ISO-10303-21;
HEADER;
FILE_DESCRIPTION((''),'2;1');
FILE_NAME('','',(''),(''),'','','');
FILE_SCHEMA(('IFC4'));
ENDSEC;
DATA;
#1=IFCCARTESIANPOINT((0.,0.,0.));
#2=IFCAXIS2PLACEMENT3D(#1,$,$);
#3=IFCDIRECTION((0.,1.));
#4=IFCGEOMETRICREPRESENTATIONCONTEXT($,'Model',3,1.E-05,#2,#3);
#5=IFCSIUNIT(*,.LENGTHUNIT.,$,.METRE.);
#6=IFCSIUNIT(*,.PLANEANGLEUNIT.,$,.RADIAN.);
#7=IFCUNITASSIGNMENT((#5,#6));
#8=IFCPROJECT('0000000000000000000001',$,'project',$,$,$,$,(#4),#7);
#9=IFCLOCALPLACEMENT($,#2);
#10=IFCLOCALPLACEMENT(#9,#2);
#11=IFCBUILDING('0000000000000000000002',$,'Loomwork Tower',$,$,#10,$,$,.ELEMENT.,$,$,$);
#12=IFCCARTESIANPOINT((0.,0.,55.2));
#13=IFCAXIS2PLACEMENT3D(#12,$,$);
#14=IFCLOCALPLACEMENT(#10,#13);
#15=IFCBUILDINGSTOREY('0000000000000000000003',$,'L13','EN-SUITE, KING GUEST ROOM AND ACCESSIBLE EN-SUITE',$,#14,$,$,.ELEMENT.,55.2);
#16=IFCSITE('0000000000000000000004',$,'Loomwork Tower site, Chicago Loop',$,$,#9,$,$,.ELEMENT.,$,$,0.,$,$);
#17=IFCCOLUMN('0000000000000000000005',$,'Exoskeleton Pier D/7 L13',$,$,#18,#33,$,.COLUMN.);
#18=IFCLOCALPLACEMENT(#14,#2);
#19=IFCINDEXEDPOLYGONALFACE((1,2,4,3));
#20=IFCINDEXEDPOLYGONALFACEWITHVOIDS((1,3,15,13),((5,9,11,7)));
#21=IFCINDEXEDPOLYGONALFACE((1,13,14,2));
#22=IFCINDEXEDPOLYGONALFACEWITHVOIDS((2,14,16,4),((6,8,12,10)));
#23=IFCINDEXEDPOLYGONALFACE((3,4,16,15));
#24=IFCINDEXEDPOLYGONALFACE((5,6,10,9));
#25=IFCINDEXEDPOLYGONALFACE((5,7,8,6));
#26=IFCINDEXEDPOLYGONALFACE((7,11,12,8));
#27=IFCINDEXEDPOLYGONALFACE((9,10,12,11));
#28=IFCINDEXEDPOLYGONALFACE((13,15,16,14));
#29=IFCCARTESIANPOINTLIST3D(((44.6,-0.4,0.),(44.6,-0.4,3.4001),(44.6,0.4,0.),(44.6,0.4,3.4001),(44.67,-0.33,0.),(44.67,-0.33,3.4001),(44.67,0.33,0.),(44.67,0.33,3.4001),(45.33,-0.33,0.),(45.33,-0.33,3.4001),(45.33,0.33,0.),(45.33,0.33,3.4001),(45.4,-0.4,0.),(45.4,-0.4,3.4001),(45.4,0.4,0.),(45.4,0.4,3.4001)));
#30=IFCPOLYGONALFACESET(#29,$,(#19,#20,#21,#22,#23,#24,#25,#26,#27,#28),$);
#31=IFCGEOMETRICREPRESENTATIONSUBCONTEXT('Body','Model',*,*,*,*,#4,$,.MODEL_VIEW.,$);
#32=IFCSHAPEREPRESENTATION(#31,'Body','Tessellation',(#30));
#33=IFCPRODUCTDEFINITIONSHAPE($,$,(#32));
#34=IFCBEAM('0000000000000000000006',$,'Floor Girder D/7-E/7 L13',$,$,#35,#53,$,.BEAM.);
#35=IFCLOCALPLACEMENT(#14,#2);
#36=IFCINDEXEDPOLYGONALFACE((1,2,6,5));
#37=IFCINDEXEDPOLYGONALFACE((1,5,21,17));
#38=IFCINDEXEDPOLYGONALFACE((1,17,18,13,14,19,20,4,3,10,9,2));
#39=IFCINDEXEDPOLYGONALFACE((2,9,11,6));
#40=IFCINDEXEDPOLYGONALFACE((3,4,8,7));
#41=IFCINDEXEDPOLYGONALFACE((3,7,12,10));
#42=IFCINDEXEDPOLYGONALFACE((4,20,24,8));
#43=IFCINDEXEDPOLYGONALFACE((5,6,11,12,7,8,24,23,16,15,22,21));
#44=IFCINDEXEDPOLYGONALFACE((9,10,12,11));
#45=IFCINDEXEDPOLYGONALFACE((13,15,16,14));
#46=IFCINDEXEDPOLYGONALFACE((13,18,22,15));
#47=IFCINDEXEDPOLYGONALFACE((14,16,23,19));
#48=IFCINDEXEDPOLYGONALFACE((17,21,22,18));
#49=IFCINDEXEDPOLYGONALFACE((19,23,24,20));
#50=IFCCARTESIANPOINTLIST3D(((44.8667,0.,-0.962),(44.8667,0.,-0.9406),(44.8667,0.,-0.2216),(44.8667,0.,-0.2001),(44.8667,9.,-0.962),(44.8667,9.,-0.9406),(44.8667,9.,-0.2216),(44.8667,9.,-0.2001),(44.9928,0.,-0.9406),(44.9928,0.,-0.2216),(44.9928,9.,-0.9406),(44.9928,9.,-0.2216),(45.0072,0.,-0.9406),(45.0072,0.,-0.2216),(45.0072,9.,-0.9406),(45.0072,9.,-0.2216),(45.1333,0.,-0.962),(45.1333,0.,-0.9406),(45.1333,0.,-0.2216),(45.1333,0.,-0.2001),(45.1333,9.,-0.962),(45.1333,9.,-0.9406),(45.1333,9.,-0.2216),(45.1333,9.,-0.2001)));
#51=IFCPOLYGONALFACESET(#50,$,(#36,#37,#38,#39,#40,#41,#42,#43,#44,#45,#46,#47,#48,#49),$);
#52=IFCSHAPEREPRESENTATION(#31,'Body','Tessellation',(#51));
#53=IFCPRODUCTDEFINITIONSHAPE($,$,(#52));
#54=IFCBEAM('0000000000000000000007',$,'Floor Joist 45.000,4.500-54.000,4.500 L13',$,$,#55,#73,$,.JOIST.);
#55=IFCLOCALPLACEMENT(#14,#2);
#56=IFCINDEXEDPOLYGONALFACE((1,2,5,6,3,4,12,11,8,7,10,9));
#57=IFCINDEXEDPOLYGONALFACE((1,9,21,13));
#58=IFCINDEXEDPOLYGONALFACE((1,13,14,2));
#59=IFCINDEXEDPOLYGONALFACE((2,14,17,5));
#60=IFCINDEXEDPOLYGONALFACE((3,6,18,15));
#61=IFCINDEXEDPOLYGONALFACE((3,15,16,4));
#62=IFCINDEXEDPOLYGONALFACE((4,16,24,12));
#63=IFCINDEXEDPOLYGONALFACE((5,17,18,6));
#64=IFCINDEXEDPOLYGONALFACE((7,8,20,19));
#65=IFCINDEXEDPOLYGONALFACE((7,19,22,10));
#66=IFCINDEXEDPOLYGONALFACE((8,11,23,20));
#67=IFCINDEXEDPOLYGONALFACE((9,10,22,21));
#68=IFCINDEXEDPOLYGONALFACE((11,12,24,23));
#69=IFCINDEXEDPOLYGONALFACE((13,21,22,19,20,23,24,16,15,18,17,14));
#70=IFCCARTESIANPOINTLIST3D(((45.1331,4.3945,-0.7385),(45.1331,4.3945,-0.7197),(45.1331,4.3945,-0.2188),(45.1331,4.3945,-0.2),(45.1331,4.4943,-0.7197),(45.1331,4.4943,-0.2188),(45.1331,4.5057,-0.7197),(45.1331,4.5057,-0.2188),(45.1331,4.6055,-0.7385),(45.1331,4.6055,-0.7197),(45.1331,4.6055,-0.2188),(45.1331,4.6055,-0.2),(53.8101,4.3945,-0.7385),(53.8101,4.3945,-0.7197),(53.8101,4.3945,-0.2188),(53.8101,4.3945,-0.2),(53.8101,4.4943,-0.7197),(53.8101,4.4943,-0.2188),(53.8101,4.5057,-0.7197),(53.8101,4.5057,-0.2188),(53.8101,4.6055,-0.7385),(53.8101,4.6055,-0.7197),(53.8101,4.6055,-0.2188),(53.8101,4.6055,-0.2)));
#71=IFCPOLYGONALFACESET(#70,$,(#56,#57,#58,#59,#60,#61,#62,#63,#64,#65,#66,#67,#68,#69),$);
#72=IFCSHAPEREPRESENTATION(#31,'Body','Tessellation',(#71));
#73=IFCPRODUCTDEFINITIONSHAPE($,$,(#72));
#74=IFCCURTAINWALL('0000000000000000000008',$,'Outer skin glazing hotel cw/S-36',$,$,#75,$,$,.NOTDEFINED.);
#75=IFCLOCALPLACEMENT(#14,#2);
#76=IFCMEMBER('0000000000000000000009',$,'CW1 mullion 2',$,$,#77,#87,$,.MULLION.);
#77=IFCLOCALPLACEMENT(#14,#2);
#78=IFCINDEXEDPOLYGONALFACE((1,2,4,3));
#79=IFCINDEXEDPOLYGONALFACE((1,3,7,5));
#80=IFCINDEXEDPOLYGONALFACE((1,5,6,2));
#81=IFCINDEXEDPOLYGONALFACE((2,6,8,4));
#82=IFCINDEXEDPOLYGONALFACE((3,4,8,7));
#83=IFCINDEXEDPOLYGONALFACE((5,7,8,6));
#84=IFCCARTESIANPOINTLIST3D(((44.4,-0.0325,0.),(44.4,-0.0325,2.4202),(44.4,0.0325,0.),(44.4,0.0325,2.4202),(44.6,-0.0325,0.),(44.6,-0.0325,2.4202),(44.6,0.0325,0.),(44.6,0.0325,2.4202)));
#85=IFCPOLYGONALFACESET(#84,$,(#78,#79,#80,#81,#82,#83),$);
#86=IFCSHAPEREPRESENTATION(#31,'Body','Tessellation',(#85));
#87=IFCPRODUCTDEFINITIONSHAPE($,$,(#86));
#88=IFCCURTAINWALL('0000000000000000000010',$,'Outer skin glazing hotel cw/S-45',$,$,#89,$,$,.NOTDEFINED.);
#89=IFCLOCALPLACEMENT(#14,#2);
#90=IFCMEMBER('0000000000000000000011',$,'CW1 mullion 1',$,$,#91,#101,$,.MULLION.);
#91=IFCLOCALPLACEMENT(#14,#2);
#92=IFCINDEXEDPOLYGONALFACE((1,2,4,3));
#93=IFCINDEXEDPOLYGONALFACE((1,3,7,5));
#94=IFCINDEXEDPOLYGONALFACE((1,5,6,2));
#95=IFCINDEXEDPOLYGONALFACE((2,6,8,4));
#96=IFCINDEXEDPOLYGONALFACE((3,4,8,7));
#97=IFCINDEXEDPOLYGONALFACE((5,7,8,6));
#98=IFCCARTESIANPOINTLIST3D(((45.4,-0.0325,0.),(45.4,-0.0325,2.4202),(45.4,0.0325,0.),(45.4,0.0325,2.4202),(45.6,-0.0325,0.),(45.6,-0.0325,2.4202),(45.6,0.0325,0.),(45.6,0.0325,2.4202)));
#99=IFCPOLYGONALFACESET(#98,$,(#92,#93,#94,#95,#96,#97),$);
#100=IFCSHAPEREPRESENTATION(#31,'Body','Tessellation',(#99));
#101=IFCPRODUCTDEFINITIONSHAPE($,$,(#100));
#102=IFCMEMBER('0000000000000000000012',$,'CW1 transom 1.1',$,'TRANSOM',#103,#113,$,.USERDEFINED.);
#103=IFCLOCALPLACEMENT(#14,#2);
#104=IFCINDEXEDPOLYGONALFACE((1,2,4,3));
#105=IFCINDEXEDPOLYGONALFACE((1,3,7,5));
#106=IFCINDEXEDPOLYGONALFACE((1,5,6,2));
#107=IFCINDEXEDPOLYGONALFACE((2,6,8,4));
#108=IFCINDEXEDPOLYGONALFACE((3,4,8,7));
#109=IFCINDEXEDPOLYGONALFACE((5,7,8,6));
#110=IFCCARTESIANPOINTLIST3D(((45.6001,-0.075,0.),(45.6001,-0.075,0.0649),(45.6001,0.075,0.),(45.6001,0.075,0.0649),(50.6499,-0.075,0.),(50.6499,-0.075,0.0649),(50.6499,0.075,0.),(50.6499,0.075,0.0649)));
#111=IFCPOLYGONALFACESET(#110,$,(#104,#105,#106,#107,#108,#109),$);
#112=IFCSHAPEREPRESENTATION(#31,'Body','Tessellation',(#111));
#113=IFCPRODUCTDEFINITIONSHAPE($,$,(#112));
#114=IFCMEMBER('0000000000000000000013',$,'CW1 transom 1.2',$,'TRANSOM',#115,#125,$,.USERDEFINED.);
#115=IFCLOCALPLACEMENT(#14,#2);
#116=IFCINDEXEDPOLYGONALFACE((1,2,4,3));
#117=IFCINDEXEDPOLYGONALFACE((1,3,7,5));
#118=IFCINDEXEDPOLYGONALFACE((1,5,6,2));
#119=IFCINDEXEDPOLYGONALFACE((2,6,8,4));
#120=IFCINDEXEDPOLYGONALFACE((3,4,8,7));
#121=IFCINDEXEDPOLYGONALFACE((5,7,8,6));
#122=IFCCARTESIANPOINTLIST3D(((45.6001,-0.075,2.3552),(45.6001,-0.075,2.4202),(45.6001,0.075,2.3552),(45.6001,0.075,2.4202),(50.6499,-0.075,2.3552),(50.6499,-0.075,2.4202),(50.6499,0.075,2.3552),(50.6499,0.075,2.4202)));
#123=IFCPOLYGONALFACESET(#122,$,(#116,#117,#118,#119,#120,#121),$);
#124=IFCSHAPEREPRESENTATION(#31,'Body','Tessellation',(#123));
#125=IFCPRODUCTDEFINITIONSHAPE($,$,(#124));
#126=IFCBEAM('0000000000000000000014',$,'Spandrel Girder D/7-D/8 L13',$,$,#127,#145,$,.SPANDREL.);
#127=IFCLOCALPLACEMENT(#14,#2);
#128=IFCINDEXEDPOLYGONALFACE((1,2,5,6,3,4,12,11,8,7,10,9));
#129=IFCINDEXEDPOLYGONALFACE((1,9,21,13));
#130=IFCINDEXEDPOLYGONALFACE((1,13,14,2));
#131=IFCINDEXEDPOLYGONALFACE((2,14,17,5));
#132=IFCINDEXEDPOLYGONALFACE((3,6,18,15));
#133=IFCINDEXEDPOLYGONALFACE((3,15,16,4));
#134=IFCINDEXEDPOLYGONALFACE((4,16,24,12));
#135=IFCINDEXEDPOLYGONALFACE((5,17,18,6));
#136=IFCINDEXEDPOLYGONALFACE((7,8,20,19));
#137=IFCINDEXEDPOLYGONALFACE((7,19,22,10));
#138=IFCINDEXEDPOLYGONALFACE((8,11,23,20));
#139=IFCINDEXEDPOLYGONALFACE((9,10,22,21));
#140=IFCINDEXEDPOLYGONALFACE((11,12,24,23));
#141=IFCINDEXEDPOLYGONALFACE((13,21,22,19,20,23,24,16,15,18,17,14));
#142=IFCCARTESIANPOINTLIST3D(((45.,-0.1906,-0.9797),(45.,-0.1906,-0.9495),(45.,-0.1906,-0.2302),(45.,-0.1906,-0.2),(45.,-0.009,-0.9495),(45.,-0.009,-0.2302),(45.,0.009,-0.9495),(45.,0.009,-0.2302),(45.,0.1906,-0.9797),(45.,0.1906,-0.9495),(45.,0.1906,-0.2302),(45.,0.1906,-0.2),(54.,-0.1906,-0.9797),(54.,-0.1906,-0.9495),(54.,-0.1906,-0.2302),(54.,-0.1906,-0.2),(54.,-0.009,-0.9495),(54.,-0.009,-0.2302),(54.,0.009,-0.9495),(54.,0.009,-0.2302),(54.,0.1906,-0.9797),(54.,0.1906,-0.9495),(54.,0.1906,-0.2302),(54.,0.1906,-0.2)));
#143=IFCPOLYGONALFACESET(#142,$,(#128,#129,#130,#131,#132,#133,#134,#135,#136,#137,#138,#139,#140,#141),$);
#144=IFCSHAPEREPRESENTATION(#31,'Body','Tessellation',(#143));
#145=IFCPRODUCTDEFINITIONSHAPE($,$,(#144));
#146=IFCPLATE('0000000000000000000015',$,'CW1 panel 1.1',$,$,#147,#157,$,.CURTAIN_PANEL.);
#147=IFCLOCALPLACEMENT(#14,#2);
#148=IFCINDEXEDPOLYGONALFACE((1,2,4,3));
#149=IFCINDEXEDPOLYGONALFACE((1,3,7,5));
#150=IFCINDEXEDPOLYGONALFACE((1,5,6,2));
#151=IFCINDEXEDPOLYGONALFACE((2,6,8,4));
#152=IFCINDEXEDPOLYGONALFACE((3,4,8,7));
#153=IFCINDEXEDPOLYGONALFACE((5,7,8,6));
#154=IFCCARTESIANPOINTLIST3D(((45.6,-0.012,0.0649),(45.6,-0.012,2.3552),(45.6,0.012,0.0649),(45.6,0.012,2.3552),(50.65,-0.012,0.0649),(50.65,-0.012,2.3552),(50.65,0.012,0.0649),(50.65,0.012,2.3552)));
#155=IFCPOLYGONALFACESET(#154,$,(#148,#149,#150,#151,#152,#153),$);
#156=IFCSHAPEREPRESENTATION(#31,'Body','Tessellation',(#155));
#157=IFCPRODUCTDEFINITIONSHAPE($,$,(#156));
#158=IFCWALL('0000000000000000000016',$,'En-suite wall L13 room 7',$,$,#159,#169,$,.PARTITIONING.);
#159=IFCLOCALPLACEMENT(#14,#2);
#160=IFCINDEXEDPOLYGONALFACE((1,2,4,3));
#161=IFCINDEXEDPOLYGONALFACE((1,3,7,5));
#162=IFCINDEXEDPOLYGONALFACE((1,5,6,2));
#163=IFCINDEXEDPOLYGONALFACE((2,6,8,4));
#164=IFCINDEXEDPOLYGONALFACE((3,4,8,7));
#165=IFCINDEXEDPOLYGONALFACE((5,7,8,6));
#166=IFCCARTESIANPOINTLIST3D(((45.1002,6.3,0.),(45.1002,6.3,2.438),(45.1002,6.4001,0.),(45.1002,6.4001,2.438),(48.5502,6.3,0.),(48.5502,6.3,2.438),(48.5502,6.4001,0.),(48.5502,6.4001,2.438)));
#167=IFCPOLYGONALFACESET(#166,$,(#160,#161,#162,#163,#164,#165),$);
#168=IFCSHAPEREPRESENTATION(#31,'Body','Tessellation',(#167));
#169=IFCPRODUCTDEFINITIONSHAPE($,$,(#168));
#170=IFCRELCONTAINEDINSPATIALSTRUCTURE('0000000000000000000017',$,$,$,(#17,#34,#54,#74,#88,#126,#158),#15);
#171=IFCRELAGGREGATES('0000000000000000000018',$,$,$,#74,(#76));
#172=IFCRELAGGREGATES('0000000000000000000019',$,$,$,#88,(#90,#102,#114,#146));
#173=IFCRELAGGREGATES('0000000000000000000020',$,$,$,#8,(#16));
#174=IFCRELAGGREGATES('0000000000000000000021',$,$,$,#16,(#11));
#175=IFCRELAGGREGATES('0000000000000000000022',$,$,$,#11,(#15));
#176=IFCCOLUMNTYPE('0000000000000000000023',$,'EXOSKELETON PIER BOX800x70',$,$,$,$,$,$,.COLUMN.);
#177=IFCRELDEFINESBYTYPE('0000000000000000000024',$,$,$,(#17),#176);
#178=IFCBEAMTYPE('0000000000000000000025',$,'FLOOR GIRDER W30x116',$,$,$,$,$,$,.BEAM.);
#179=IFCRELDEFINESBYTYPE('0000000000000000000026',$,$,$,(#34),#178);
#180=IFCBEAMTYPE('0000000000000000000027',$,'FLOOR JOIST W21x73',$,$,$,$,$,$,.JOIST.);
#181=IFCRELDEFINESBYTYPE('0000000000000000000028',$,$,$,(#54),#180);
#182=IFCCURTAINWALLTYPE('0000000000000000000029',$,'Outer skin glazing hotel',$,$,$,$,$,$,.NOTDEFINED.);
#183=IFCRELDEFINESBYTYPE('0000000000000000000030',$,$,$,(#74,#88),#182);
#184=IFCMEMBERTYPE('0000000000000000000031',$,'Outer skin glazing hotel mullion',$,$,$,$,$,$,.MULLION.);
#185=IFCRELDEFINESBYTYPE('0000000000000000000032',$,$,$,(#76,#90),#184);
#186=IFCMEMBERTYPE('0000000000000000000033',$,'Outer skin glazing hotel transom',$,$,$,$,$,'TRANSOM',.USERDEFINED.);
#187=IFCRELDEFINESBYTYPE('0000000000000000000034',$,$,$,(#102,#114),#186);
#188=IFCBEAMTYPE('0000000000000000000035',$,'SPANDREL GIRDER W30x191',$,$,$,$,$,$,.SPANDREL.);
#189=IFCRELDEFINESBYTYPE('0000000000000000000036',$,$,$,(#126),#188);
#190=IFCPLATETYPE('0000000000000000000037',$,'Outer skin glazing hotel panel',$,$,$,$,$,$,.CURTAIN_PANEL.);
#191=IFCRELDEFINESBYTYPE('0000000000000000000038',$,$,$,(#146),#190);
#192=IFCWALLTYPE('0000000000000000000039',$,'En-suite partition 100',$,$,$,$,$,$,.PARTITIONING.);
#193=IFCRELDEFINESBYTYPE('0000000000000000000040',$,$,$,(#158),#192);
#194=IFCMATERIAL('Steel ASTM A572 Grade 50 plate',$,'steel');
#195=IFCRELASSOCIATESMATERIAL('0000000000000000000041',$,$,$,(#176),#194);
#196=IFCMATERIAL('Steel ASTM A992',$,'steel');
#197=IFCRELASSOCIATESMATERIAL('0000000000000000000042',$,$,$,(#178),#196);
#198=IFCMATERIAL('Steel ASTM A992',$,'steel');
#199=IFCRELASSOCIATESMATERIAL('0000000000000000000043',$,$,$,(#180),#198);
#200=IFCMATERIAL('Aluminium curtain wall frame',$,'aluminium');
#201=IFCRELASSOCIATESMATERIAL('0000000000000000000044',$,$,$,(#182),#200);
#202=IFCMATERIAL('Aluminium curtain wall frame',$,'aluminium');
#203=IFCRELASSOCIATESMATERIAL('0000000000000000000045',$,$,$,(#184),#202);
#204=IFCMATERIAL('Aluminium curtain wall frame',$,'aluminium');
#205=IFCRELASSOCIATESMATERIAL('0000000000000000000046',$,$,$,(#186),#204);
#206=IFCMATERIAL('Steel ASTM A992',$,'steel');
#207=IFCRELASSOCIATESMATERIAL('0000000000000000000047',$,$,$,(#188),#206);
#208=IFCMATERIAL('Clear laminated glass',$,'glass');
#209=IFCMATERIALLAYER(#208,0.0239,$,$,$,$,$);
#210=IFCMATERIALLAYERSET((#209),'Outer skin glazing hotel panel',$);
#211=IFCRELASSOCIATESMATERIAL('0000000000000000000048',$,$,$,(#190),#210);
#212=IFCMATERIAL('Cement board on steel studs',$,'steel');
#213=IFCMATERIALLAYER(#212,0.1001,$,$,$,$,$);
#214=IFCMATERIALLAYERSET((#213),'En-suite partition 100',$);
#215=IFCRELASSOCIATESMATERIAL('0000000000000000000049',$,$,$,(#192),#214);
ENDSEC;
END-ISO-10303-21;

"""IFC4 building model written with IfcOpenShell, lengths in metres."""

from ifc_helpers import new_model, si_unit, direction, frame, frame_2d, origin, origin_2d, place, context, subcontext, project, spatial, rectangle, hollow_rectangle, i_section, extrude, material, layer, layer_set, material_profile, profile_set, type_object, element, aggregate, save


model = new_model("IFC4")

# Units and contexts
model_context = context("Model", 3, precision=1e-05, world=origin(), true_north=direction((0.0, 1.0)))
body_context = subcontext(model_context, "Body", "Model", "MODEL_VIEW")
ifc_project = project(units=[si_unit("LENGTHUNIT", "METRE"), si_unit("PLANEANGLEUNIT", "RADIAN")], contexts=[model_context])

# Site, building, storey
site_placement = place(None, origin())
site = spatial("IfcSite", under=ifc_project, at=site_placement, Name="Loomwork Tower site, Chicago Loop", CompositionType="ELEMENT", RefElevation=0.0)
building_placement = place(site_placement, origin())
building = spatial("IfcBuilding", under=site, at=building_placement, Name="Loomwork Tower", CompositionType="ELEMENT")
storey_placement = place(building_placement, frame((0.0, 0.0, 55.2)))
storey = spatial("IfcBuildingStorey", under=building, at=storey_placement, Name="L13", Description="EN-SUITE, KING GUEST ROOM AND ACCESSIBLE EN-SUITE", CompositionType="ELEMENT", Elevation=55.2)

# Column
ifc_material_1 = material(Name="Steel ASTM A572 Grade 50 plate", Category="steel")
ifc_material_profile_1 = material_profile(ifc_material_1, hollow_rectangle(XDim=0.8, YDim=0.8, WallThickness=0.0701, at=origin_2d()), Name="BOX800x70")
ifc_profile_set_1 = profile_set([ifc_material_profile_1], Name="Steel ASTM A572 Grade 50 plate")
column_type = type_object("IfcColumnType", Name="EXOSKELETON PIER BOX800x70", PredefinedType="COLUMN", material=ifc_profile_set_1)
column_placement = place(storey_placement, frame((45.0, 0.0, 0.0), z_axis=(0.0, 0.0, 1.0), x_axis=(1.0, 0.0, 0.0)))
element("IfcColumn", 1, at=column_placement, inside=storey, type_object=column_type, Name="Exoskeleton Pier D/7 L13", PredefinedType="COLUMN", context=body_context, shape_type="SweptSolid", body=[
    extrude(hollow_rectangle(XDim=0.8, YDim=0.8, WallThickness=0.0701, at=origin_2d()), origin(), (0.0, 0.0, 1.0), 3.4001),
])

# Beams
ifc_material_2 = material(Name="Steel ASTM A992", Category="steel")
ifc_material_profile_2 = material_profile(ifc_material_2, i_section(OverallWidth=0.2666, OverallDepth=0.762, WebThickness=0.0144, FlangeThickness=0.0215, at=origin_2d()), Name="W30x116")
ifc_profile_set_2 = profile_set([ifc_material_profile_2], Name="Steel ASTM A992")
beam_type_1 = type_object("IfcBeamType", Name="FLOOR GIRDER W30x116", PredefinedType="BEAM", material=ifc_profile_set_2)
beam_1_placement = place(storey_placement, frame((45.0, 0.0, -0.5811), z_axis=(0.0, 1.0, 0.0), x_axis=(-1.0, 0.0, 0.0)))
element("IfcBeam", 2, at=beam_1_placement, inside=storey, type_object=beam_type_1, Name="Floor Girder D/7-E/7 L13", PredefinedType="BEAM", context=body_context, shape_type="SweptSolid", body=[
    extrude(i_section(OverallWidth=0.2666, OverallDepth=0.762, WebThickness=0.0144, FlangeThickness=0.0215, at=origin_2d()), origin(), (0.0, 0.0, 1.0), 9.0),
])
ifc_material_3 = material(Name="Steel ASTM A992", Category="steel")
ifc_material_profile_3 = material_profile(ifc_material_3, i_section(OverallWidth=0.2109, OverallDepth=0.5386, WebThickness=0.0115, FlangeThickness=0.0188, at=origin_2d()), Name="W21x73")
ifc_profile_set_3 = profile_set([ifc_material_profile_3], Name="Steel ASTM A992")
beam_type_2 = type_object("IfcBeamType", Name="FLOOR JOIST W21x73", PredefinedType="JOIST", material=ifc_profile_set_3)
beam_2_placement = place(storey_placement, frame((45.1331, 4.5, -0.4692), z_axis=(1.0, 0.0, 0.0), x_axis=(0.0, 1.0, 0.0)))
element("IfcBeam", 3, at=beam_2_placement, inside=storey, type_object=beam_type_2, Name="Floor Joist 45.000,4.500-54.000,4.500 L13", PredefinedType="JOIST", context=body_context, shape_type="SweptSolid", body=[
    extrude(i_section(OverallWidth=0.2109, OverallDepth=0.5386, WebThickness=0.0115, FlangeThickness=0.0188, at=origin_2d()), origin(), (0.0, 0.0, 1.0), 8.677),
])

# Curtain wall, member
ifc_material_4 = material(Name="Aluminium curtain wall frame", Category="aluminium")
curtain_wall_type = type_object("IfcCurtainWallType", Name="Outer skin glazing hotel", PredefinedType="NOTDEFINED", material=ifc_material_4)
curtain_wall_1_placement = place(storey_placement, origin())
curtain_wall_1 = element("IfcCurtainWall", 4, at=curtain_wall_1_placement, inside=storey, type_object=curtain_wall_type, Name="Outer skin glazing hotel cw/S-36", PredefinedType="NOTDEFINED")
ifc_material_5 = material(Name="Aluminium curtain wall frame", Category="aluminium")
ifc_material_profile_4 = material_profile(ifc_material_5, rectangle(XDim=0.0649, YDim=0.2, at=origin_2d()), Name="AL 65x200")
ifc_profile_set_4 = profile_set([ifc_material_profile_4], Name="Aluminium curtain wall frame")
member_type_1 = type_object("IfcMemberType", Name="Outer skin glazing hotel mullion", PredefinedType="MULLION", material=ifc_profile_set_4)
member_1_placement = place(storey_placement, frame((44.5, 0.0, 0.0), z_axis=(0.0, 0.0, 1.0), x_axis=(0.0, 1.0, 0.0)))
member_1 = element("IfcMember", 5, at=member_1_placement, type_object=member_type_1, Name="CW1 mullion 2", PredefinedType="MULLION", context=body_context, shape_type="SweptSolid", body=[
    extrude(rectangle(XDim=0.0649, YDim=0.2, at=origin_2d()), origin(), (0.0, 0.0, 1.0), 2.4202),
])
aggregate(curtain_wall_1, [member_1])

# Curtain wall, members
curtain_wall_2_placement = place(storey_placement, origin())
curtain_wall_2 = element("IfcCurtainWall", 6, at=curtain_wall_2_placement, inside=storey, type_object=curtain_wall_type, Name="Outer skin glazing hotel cw/S-45", PredefinedType="NOTDEFINED")
member_2_placement = place(storey_placement, frame((45.5, 0.0, 0.0), z_axis=(0.0, 0.0, 1.0), x_axis=(0.0, 1.0, 0.0)))
member_2 = element("IfcMember", 7, at=member_2_placement, type_object=member_type_1, Name="CW1 mullion 1", PredefinedType="MULLION", context=body_context, shape_type="SweptSolid", body=[
    extrude(rectangle(XDim=0.0649, YDim=0.2, at=origin_2d()), origin(), (0.0, 0.0, 1.0), 2.4202),
])
ifc_material_6 = material(Name="Aluminium curtain wall frame", Category="aluminium")
ifc_material_profile_5 = material_profile(ifc_material_6, rectangle(XDim=0.1499, YDim=0.0649, at=origin_2d()), Name="AL 65x150")
ifc_profile_set_5 = profile_set([ifc_material_profile_5], Name="Aluminium curtain wall frame")
member_type_2 = type_object("IfcMemberType", Name="Outer skin glazing hotel transom", ElementType="TRANSOM", PredefinedType="USERDEFINED", material=ifc_profile_set_5)
member_3_placement = place(storey_placement, frame((45.6001, 0.0, 0.0325), z_axis=(1.0, 0.0, 0.0), x_axis=(0.0, 1.0, 0.0)))
member_3 = element("IfcMember", 8, at=member_3_placement, type_object=member_type_2, Name="CW1 transom 1.1", ObjectType="TRANSOM", PredefinedType="USERDEFINED", context=body_context, shape_type="SweptSolid", body=[
    extrude(rectangle(XDim=0.1499, YDim=0.0649, at=origin_2d()), origin(), (0.0, 0.0, 1.0), 5.0498),
])
member_4_placement = place(storey_placement, frame((45.6001, 0.0, 2.3877), z_axis=(1.0, 0.0, 0.0), x_axis=(0.0, 1.0, 0.0)))
member_4 = element("IfcMember", 9, at=member_4_placement, type_object=member_type_2, Name="CW1 transom 1.2", ObjectType="TRANSOM", PredefinedType="USERDEFINED", context=body_context, shape_type="SweptSolid", body=[
    extrude(rectangle(XDim=0.1499, YDim=0.0649, at=origin_2d()), origin(), (0.0, 0.0, 1.0), 5.0498),
])

# Beam
ifc_material_7 = material(Name="Steel ASTM A992", Category="steel")
ifc_material_profile_6 = material_profile(ifc_material_7, i_section(OverallWidth=0.3811, OverallDepth=0.7798, WebThickness=0.0181, FlangeThickness=0.0303, at=origin_2d()), Name="W30x191")
ifc_profile_set_6 = profile_set([ifc_material_profile_6], Name="Steel ASTM A992")
beam_type_3 = type_object("IfcBeamType", Name="SPANDREL GIRDER W30x191", PredefinedType="SPANDREL", material=ifc_profile_set_6)
beam_3_placement = place(storey_placement, frame((45.0, 0.0, -0.5898), z_axis=(1.0, 0.0, 0.0), x_axis=(0.0, 1.0, 0.0)))
element("IfcBeam", 10, at=beam_3_placement, inside=storey, type_object=beam_type_3, Name="Spandrel Girder D/7-D/8 L13", PredefinedType="SPANDREL", context=body_context, shape_type="SweptSolid", body=[
    extrude(i_section(OverallWidth=0.3811, OverallDepth=0.7798, WebThickness=0.0181, FlangeThickness=0.0303, at=origin_2d()), origin(), (0.0, 0.0, 1.0), 9.0),
])

# Plate
ifc_material_8 = material(Name="Clear laminated glass", Category="glass")
ifc_layer_1 = layer(ifc_material_8, 0.0239)
ifc_layer_set_1 = layer_set([ifc_layer_1], Name="Outer skin glazing hotel panel")
plate_type = type_object("IfcPlateType", Name="Outer skin glazing hotel panel", PredefinedType="CURTAIN_PANEL", material=ifc_layer_set_1)
plate_placement = place(storey_placement, frame((48.125, 0.0, 0.0649), z_axis=(0.0, 0.0, 1.0), x_axis=(1.0, 0.0, 0.0)))
plate = element("IfcPlate", 11, at=plate_placement, type_object=plate_type, Name="CW1 panel 1.1", PredefinedType="CURTAIN_PANEL", context=body_context, shape_type="SweptSolid", body=[
    extrude(rectangle(XDim=5.05, YDim=0.0239, at=origin_2d()), origin(), (0.0, 0.0, 1.0), 2.2903),
])
aggregate(curtain_wall_2, [member_2, member_3, member_4, plate])

# Wall
ifc_material_9 = material(Name="Cement board on steel studs", Category="steel")
ifc_layer_2 = layer(ifc_material_9, 0.1001)
ifc_layer_set_2 = layer_set([ifc_layer_2], Name="En-suite partition 100")
wall_type_1 = type_object("IfcWallType", Name="En-suite partition 100", PredefinedType="PARTITIONING", material=ifc_layer_set_2)
wall_1_placement = place(storey_placement, frame((45.1001, 6.3501, 0.0), z_axis=(0.0, 0.0, 1.0), x_axis=(1.0, 0.0, 0.0)))
element("IfcWall", 12, at=wall_1_placement, inside=storey, type_object=wall_type_1, Name="En-suite wall L13 room 7", PredefinedType="PARTITIONING", context=body_context, shape_type="SweptSolid", body=[
    extrude(rectangle(XDim=3.45, YDim=0.1001, at=frame_2d((1.7251, 0.0))), origin(), (0.0, 0.0, 1.0), 2.438),
])

save(model, "model.ifc")
